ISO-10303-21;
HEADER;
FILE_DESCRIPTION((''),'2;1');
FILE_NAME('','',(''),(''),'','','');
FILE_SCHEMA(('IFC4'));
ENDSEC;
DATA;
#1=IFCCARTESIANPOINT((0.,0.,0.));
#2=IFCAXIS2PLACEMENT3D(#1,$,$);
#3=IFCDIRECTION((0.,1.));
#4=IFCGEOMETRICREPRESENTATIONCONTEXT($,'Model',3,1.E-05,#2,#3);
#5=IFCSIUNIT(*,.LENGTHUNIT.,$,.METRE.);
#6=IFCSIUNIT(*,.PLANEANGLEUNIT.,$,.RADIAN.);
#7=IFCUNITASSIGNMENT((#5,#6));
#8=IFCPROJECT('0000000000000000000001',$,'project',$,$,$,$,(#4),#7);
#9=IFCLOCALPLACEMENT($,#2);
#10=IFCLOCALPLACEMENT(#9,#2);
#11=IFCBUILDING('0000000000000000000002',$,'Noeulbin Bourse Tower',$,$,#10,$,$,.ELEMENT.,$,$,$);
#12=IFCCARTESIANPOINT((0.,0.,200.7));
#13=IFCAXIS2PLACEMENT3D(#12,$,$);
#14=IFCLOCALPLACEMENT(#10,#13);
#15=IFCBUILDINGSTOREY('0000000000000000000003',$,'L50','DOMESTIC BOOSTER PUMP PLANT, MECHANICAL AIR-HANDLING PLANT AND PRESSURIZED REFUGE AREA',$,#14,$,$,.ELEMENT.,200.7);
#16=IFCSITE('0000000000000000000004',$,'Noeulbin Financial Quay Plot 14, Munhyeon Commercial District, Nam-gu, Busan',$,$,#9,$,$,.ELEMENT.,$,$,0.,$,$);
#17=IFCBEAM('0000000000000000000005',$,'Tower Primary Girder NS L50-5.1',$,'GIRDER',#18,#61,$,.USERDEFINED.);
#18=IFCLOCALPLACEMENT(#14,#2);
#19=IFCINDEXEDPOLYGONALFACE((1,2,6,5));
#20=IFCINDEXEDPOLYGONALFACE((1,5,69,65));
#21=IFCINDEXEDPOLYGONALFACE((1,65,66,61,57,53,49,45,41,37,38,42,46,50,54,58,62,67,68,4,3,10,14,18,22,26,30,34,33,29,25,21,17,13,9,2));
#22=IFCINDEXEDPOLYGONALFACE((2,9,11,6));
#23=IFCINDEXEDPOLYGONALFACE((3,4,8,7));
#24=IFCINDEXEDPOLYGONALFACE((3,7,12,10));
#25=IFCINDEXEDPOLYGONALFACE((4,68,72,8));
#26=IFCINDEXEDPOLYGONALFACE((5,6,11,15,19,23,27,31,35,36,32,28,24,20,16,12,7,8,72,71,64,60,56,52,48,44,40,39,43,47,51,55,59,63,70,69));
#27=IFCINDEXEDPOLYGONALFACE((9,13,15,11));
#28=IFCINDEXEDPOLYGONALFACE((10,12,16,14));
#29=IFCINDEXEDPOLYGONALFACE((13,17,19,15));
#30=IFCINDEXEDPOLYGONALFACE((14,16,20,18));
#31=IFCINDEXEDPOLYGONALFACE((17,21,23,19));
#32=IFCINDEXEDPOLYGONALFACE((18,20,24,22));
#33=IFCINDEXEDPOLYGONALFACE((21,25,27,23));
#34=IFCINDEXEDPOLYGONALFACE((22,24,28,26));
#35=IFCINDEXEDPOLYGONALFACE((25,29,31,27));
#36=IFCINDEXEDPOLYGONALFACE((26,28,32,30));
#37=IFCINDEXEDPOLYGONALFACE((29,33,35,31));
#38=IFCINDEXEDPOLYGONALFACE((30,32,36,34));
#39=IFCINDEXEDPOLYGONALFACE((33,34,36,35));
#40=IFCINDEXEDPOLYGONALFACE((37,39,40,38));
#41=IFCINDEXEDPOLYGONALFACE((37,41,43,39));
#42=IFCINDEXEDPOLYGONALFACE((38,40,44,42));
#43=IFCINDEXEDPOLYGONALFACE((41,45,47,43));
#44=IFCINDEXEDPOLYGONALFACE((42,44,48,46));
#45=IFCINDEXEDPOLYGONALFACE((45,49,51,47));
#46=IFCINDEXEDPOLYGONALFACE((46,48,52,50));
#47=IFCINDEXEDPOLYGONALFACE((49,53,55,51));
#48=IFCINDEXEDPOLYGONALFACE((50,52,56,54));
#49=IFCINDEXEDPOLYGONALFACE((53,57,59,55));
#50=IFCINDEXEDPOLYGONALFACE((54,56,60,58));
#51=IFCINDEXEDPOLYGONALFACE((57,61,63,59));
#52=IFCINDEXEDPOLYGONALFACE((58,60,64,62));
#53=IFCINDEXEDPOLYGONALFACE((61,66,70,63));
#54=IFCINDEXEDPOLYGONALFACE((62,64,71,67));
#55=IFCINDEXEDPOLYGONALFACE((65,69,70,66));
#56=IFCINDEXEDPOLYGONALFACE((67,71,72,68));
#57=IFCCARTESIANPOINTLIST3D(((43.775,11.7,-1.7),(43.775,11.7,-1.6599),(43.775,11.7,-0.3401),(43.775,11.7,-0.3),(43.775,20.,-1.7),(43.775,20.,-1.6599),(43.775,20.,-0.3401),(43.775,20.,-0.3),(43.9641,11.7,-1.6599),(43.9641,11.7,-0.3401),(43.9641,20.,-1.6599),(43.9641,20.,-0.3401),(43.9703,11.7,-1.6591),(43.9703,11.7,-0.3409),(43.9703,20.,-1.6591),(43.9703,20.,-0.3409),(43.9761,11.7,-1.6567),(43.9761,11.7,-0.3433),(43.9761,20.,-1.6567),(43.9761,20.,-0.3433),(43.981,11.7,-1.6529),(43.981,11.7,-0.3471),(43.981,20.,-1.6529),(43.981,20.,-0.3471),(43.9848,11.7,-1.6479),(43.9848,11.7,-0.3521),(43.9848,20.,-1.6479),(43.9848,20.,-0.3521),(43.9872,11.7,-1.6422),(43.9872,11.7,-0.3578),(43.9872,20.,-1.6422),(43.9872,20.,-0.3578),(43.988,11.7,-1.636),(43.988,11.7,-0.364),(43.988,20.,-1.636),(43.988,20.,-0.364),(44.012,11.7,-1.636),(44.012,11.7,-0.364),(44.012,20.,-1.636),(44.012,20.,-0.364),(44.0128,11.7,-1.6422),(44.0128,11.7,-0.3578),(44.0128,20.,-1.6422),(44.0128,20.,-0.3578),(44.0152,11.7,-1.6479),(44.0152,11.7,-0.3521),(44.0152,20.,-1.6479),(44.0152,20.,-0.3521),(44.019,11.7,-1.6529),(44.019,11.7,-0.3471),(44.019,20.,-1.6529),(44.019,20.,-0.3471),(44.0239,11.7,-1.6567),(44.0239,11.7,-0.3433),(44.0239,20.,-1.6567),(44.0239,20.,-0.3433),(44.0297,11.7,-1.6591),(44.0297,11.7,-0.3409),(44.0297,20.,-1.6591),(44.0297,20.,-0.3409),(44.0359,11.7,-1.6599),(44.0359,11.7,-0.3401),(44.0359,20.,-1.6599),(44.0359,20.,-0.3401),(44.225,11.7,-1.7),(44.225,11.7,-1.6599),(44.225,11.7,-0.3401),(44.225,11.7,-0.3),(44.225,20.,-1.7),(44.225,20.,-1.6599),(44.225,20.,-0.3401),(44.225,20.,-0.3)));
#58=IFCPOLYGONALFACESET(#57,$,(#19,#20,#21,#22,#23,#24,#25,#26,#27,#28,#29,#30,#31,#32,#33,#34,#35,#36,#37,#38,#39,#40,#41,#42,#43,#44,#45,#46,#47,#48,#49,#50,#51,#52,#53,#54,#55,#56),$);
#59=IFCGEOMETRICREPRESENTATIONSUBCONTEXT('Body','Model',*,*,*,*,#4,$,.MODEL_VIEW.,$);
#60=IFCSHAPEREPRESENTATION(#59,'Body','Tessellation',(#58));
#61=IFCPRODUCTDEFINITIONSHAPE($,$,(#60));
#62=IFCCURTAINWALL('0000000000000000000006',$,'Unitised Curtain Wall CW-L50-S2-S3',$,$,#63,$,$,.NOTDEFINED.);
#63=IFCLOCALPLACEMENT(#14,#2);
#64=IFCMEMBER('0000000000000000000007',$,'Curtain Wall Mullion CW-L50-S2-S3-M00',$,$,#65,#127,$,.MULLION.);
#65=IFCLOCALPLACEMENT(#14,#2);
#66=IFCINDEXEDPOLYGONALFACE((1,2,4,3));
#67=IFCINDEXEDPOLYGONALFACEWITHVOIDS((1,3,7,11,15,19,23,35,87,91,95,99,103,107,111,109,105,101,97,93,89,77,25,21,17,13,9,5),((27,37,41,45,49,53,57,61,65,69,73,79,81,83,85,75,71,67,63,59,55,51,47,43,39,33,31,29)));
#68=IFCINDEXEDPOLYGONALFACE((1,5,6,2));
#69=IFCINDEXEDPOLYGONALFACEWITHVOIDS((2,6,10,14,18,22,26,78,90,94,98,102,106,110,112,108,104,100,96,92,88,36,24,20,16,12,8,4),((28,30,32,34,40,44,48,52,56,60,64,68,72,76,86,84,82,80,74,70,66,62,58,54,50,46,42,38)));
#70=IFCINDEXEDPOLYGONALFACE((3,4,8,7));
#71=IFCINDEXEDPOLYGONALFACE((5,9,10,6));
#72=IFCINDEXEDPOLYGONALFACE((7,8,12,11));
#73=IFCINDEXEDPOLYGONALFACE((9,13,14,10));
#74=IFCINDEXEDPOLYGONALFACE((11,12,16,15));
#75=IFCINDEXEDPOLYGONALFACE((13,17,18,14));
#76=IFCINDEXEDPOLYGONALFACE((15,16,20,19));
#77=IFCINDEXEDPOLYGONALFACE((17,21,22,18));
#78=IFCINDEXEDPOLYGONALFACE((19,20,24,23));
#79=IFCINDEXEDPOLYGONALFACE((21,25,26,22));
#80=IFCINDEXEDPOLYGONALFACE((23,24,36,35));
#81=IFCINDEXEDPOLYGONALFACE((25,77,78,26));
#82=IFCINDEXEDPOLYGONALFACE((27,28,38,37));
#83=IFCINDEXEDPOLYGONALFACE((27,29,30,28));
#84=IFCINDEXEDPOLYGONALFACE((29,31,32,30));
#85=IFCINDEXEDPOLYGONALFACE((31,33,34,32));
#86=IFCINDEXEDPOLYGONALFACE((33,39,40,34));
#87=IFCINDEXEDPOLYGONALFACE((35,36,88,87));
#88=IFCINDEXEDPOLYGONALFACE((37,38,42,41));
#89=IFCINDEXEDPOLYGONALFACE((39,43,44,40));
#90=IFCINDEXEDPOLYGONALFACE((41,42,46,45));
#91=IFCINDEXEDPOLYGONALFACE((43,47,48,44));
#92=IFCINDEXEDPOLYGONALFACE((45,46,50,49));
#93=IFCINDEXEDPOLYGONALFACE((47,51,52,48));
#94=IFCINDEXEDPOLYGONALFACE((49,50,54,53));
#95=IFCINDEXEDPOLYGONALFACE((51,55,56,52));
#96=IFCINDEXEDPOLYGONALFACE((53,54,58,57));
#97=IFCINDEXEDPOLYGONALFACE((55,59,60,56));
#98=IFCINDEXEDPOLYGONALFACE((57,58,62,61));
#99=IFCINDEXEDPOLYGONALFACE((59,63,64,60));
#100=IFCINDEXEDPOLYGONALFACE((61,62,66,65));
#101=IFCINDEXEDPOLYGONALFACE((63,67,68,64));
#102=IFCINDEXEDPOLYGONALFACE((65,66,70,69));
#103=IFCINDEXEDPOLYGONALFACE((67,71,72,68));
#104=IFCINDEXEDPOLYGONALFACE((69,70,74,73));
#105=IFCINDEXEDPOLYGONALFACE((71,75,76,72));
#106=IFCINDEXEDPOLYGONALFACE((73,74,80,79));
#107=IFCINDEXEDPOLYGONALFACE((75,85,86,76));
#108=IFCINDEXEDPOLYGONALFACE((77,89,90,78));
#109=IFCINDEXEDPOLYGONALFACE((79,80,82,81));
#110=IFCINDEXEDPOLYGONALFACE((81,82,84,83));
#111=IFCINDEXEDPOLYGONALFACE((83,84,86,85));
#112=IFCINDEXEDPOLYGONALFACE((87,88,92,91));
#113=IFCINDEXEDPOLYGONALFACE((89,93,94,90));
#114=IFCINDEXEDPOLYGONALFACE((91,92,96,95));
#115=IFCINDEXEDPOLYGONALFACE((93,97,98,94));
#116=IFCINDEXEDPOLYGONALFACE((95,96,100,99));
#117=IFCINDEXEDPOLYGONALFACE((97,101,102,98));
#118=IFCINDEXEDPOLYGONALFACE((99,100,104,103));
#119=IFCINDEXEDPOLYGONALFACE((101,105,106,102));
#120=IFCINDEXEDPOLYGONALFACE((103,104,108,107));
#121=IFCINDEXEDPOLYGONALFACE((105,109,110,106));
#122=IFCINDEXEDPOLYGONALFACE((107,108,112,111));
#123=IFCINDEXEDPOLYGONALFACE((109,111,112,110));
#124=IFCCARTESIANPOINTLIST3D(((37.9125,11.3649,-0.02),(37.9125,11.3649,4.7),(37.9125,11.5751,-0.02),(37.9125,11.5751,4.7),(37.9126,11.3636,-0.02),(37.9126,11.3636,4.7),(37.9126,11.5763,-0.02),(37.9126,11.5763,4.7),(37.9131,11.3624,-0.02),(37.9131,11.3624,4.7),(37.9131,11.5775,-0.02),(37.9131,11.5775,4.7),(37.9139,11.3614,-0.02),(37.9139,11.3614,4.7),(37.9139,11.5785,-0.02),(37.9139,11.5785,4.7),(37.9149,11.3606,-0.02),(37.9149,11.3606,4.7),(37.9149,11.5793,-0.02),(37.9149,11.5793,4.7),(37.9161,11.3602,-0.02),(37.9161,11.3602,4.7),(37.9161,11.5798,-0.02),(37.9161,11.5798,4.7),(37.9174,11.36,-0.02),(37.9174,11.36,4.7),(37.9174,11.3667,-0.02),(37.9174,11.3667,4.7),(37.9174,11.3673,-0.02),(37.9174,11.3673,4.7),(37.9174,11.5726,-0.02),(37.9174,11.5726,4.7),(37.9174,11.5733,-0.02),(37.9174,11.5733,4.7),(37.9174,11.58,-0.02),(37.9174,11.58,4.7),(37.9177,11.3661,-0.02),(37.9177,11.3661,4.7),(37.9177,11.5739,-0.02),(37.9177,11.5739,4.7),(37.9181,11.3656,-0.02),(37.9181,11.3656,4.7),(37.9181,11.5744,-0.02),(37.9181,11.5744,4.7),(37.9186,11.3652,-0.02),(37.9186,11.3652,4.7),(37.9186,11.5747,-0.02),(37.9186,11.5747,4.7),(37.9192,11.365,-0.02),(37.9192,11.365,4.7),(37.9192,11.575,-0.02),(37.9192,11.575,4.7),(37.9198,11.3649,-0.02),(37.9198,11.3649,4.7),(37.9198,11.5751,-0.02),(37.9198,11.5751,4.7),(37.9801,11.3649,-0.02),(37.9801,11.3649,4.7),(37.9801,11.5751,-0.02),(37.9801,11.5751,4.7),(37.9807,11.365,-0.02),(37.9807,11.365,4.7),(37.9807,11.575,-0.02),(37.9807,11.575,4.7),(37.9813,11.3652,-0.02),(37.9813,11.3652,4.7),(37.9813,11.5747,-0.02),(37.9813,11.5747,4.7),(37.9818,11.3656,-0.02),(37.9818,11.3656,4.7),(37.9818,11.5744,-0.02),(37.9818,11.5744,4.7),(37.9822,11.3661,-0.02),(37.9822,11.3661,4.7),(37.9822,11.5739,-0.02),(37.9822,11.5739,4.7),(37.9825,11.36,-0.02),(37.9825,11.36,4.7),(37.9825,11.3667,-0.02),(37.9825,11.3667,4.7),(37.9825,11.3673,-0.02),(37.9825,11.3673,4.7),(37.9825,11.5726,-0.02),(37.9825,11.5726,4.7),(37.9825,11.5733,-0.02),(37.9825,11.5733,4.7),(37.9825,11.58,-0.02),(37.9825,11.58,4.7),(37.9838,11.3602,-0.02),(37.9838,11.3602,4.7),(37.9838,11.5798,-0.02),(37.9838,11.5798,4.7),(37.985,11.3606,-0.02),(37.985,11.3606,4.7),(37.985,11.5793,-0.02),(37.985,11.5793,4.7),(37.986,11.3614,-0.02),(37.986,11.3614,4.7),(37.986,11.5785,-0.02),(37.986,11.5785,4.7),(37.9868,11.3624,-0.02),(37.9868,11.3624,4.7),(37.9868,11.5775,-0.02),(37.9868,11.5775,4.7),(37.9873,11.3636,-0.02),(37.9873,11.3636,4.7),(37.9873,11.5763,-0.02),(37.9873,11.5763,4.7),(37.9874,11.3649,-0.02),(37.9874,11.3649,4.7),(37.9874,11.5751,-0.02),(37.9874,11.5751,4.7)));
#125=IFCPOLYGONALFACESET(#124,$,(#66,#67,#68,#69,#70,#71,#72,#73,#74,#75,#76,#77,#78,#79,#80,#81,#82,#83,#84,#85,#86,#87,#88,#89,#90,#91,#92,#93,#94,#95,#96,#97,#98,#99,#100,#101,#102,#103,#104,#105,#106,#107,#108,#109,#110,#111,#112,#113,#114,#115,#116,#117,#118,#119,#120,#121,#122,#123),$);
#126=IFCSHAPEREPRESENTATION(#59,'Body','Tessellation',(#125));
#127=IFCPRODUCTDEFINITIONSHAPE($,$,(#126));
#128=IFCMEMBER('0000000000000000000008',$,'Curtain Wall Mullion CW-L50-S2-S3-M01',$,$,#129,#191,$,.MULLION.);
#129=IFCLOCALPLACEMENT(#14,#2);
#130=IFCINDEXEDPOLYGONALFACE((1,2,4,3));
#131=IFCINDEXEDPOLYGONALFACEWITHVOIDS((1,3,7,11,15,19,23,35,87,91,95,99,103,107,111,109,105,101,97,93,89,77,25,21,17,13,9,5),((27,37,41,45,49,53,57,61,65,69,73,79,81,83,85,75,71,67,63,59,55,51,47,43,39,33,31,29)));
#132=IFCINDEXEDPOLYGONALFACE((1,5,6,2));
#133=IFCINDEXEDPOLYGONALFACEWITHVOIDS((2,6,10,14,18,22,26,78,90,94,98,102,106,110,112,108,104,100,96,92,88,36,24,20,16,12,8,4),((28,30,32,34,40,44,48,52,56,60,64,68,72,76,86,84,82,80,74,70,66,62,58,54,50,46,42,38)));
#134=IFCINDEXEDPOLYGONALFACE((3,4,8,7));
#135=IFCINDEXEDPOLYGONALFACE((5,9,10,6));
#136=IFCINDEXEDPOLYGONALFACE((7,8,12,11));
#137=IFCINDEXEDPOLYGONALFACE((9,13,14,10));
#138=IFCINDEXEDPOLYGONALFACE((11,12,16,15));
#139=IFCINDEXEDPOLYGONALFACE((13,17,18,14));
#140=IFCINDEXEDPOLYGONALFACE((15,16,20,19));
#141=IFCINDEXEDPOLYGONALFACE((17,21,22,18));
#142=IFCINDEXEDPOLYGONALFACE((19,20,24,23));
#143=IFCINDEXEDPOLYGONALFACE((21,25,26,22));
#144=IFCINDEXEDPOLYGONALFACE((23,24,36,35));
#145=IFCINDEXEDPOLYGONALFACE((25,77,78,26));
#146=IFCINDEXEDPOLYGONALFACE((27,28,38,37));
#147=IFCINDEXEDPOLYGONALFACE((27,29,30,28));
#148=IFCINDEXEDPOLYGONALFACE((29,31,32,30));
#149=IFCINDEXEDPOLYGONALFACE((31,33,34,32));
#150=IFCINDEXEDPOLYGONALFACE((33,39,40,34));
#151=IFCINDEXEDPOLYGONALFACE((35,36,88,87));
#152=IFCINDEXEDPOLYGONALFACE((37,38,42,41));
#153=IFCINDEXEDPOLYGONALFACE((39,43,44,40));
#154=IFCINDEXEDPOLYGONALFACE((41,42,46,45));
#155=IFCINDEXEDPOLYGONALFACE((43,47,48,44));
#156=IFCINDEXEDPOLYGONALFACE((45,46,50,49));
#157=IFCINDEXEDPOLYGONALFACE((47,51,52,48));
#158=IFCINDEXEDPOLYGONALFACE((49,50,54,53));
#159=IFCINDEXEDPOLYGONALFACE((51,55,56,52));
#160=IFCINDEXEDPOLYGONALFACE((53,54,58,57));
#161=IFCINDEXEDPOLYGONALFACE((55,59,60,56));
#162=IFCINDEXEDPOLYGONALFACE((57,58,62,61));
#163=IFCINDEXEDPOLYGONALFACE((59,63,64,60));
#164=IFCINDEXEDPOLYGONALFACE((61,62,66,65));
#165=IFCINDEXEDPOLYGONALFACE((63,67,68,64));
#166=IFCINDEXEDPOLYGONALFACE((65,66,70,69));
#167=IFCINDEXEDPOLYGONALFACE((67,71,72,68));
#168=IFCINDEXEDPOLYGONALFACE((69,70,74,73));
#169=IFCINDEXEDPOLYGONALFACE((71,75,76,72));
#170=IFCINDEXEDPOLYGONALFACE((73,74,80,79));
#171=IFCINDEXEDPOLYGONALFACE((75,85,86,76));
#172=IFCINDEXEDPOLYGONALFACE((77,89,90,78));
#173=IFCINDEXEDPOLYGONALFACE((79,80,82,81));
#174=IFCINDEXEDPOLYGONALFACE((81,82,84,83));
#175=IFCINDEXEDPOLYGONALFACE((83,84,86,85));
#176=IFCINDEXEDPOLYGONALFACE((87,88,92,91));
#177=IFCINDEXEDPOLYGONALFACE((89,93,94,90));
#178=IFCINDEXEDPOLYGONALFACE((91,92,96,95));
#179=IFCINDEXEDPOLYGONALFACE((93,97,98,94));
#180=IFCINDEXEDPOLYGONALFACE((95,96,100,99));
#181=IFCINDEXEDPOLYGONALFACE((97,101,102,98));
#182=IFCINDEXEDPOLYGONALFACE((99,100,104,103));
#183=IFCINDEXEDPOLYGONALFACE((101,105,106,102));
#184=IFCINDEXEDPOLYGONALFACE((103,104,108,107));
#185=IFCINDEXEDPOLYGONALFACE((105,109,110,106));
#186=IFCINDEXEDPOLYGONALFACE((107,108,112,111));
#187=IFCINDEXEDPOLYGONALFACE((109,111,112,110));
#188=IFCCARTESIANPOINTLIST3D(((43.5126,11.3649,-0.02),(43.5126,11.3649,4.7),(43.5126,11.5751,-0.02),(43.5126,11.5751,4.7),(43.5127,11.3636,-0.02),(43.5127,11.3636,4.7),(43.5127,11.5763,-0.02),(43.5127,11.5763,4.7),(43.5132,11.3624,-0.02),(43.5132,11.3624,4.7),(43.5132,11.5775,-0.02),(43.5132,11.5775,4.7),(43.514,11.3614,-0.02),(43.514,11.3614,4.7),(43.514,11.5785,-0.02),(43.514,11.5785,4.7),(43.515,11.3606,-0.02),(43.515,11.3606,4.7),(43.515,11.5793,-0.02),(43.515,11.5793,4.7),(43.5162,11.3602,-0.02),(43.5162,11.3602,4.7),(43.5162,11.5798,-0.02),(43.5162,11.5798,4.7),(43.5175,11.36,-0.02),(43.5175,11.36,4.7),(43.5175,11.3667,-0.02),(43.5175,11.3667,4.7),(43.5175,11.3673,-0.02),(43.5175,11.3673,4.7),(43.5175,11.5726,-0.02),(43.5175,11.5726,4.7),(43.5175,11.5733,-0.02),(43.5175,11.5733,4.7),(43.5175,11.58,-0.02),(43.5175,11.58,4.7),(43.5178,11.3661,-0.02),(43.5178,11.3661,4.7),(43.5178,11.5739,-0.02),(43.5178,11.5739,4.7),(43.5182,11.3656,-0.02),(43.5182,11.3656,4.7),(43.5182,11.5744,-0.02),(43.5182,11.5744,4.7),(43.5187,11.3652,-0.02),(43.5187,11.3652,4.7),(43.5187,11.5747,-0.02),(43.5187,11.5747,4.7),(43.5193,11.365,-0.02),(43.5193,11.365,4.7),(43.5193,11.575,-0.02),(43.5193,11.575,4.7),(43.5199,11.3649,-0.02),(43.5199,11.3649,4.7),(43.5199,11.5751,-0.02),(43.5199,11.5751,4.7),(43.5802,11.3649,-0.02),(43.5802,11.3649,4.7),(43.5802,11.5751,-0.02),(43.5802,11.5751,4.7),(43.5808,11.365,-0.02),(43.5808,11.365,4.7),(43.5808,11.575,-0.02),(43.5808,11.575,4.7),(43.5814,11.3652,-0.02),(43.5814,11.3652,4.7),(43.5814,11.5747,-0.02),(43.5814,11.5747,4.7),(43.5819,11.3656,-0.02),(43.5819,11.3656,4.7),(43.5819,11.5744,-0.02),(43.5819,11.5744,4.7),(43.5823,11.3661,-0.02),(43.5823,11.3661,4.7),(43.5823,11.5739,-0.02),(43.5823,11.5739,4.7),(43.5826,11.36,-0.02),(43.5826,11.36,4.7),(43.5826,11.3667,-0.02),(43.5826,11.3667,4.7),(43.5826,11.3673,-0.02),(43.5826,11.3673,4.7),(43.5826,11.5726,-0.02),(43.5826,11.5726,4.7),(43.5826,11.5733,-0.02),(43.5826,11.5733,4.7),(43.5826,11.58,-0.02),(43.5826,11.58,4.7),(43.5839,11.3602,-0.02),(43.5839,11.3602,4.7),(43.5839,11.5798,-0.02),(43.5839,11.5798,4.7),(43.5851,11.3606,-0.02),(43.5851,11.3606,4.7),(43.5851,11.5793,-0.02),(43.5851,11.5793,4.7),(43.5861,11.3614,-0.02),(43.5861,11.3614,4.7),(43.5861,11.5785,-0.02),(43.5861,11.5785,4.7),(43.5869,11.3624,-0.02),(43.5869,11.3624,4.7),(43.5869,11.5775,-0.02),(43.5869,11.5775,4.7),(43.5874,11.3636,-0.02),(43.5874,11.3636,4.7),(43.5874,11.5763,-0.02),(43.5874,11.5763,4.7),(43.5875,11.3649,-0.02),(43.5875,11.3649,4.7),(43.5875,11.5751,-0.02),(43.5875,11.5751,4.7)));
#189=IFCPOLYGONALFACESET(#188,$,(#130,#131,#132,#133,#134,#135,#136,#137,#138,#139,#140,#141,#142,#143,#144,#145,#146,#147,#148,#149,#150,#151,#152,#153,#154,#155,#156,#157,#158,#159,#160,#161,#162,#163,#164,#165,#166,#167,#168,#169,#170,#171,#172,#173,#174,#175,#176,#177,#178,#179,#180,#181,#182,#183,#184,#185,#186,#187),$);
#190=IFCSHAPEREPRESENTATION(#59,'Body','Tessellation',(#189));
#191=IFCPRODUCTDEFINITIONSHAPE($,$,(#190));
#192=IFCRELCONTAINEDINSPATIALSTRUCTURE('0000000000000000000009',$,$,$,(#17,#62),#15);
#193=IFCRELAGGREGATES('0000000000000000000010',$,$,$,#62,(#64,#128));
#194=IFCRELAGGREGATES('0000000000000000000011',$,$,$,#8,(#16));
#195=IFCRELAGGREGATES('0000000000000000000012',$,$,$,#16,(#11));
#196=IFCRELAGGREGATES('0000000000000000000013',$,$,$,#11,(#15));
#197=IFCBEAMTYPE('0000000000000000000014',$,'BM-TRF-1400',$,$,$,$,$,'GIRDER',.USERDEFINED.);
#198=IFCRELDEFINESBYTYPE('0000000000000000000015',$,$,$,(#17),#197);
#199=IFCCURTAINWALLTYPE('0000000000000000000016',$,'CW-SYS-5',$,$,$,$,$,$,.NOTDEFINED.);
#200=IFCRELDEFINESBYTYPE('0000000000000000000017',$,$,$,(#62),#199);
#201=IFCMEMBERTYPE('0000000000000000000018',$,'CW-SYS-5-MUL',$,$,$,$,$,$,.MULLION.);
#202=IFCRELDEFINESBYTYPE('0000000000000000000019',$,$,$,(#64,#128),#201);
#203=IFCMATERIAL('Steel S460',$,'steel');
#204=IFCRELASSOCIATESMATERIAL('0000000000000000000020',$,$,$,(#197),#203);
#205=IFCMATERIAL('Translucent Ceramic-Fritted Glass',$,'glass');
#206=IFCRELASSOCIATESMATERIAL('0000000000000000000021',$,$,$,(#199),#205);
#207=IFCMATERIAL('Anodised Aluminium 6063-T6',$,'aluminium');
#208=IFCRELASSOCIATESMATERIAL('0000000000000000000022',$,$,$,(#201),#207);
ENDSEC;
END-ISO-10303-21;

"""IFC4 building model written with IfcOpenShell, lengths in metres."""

from ifc_helpers import new_model, si_unit, direction, frame, origin, origin_2d, place, context, subcontext, project, spatial, hollow_rectangle, i_section, extrude, material, material_profile, profile_set, type_object, element, aggregate, save


model = new_model("IFC4")

# Units and contexts
model_context = context("Model", 3, precision=1e-05, world=origin(), true_north=direction((0.0, 1.0)))
body_context = subcontext(model_context, "Body", "Model", "MODEL_VIEW")
ifc_project = project(units=[si_unit("LENGTHUNIT", "METRE"), si_unit("PLANEANGLEUNIT", "RADIAN")], contexts=[model_context])

# Site, building, storey
site_placement = place(None, origin())
site = spatial("IfcSite", under=ifc_project, at=site_placement, Name="Noeulbin Financial Quay Plot 14, Munhyeon Commercial District, Nam-gu, Busan", CompositionType="ELEMENT", RefElevation=0.0)
building_placement = place(site_placement, origin())
building = spatial("IfcBuilding", under=site, at=building_placement, Name="Noeulbin Bourse Tower", CompositionType="ELEMENT")
storey_placement = place(building_placement, frame((0.0, 0.0, 200.7)))
storey = spatial("IfcBuildingStorey", under=building, at=storey_placement, Name="L50", Description="DOMESTIC BOOSTER PUMP PLANT, MECHANICAL AIR-HANDLING PLANT AND PRESSURIZED REFUGE AREA", CompositionType="ELEMENT", Elevation=200.7)

# Shared definitions
ifc_material_1 = material(Name="Steel S460", Category="steel")

# Beam
ifc_material_profile_1 = material_profile(ifc_material_1, i_section(OverallWidth=0.45, OverallDepth=1.3999, WebThickness=0.0239, FlangeThickness=0.04, FilletRadius=0.0239, at=origin_2d()), Name="PG-1400x450x24x40", Category="LoadBearing")
ifc_profile_set_1 = profile_set([ifc_material_profile_1], Name="Steel S460")
beam_type_1 = type_object("IfcBeamType", Name="BM-TRF-1400", ElementType="GIRDER", PredefinedType="USERDEFINED", material=ifc_profile_set_1)
beam_1_placement = place(storey_placement, frame((44.0, 11.7, -1.0), z_axis=(0.0, 1.0, 0.0), x_axis=(-1.0, 0.0, 0.0)))
element("IfcBeam", 1, at=beam_1_placement, inside=storey, type_object=beam_type_1, Name="Tower Primary Girder NS L50-5.1", ObjectType="GIRDER", PredefinedType="USERDEFINED", context=body_context, shape_type="SweptSolid", body=[
    extrude(i_section(OverallWidth=0.45, OverallDepth=1.3999, WebThickness=0.0239, FlangeThickness=0.04, FilletRadius=0.0239, at=origin_2d()), origin(), (0.0, 0.0, 1.0), 8.3),
])

# Curtain wall, members
ifc_material_2 = material(Name="Translucent Ceramic-Fritted Glass", Category="glass")
curtain_wall_type = type_object("IfcCurtainWallType", Name="CW-SYS-5", PredefinedType="NOTDEFINED", material=ifc_material_2)
curtain_wall_placement = place(storey_placement, origin())
curtain_wall = element("IfcCurtainWall", 2, at=curtain_wall_placement, inside=storey, type_object=curtain_wall_type, Name="Unitised Curtain Wall CW-L50-S2-S3", PredefinedType="NOTDEFINED")
ifc_material_3 = material(Name="Anodised Aluminium 6063-T6", Category="aluminium")
ifc_material_profile_2 = material_profile(ifc_material_3, hollow_rectangle(XDim=0.075, YDim=0.22, WallThickness=0.0049, InnerFilletRadius=0.0024, OuterFilletRadius=0.0049, at=origin_2d()), Name="ALU-MULL-75x220x5", Category="LoadBearing")
ifc_profile_set_2 = profile_set([ifc_material_profile_2], Name="Anodised Aluminium 6063-T6")
member_type_1 = type_object("IfcMemberType", Name="CW-SYS-5-MUL", PredefinedType="MULLION", material=ifc_profile_set_2)
member_1_placement = place(storey_placement, frame((37.95, 11.47, -0.02), z_axis=(0.0, 0.0, 1.0), x_axis=(1.0, 0.0, 0.0)))
member_1 = element("IfcMember", 3, at=member_1_placement, type_object=member_type_1, Name="Curtain Wall Mullion CW-L50-S2-S3-M00", PredefinedType="MULLION", context=body_context, shape_type="SweptSolid", body=[
    extrude(hollow_rectangle(XDim=0.075, YDim=0.22, WallThickness=0.0049, InnerFilletRadius=0.0024, OuterFilletRadius=0.0049, at=origin_2d()), origin(), (0.0, 0.0, 1.0), 4.72),
])
member_2_placement = place(storey_placement, frame((43.55, 11.47, -0.02), z_axis=(0.0, 0.0, 1.0), x_axis=(1.0, 0.0, 0.0)))
member_2 = element("IfcMember", 4, at=member_2_placement, type_object=member_type_1, Name="Curtain Wall Mullion CW-L50-S2-S3-M01", PredefinedType="MULLION", context=body_context, shape_type="SweptSolid", body=[
    extrude(hollow_rectangle(XDim=0.075, YDim=0.22, WallThickness=0.0049, InnerFilletRadius=0.0024, OuterFilletRadius=0.0049, at=origin_2d()), origin(), (0.0, 0.0, 1.0), 4.72),
])

aggregate(curtain_wall, [member_1, member_2])

save(model, "model.ifc")
